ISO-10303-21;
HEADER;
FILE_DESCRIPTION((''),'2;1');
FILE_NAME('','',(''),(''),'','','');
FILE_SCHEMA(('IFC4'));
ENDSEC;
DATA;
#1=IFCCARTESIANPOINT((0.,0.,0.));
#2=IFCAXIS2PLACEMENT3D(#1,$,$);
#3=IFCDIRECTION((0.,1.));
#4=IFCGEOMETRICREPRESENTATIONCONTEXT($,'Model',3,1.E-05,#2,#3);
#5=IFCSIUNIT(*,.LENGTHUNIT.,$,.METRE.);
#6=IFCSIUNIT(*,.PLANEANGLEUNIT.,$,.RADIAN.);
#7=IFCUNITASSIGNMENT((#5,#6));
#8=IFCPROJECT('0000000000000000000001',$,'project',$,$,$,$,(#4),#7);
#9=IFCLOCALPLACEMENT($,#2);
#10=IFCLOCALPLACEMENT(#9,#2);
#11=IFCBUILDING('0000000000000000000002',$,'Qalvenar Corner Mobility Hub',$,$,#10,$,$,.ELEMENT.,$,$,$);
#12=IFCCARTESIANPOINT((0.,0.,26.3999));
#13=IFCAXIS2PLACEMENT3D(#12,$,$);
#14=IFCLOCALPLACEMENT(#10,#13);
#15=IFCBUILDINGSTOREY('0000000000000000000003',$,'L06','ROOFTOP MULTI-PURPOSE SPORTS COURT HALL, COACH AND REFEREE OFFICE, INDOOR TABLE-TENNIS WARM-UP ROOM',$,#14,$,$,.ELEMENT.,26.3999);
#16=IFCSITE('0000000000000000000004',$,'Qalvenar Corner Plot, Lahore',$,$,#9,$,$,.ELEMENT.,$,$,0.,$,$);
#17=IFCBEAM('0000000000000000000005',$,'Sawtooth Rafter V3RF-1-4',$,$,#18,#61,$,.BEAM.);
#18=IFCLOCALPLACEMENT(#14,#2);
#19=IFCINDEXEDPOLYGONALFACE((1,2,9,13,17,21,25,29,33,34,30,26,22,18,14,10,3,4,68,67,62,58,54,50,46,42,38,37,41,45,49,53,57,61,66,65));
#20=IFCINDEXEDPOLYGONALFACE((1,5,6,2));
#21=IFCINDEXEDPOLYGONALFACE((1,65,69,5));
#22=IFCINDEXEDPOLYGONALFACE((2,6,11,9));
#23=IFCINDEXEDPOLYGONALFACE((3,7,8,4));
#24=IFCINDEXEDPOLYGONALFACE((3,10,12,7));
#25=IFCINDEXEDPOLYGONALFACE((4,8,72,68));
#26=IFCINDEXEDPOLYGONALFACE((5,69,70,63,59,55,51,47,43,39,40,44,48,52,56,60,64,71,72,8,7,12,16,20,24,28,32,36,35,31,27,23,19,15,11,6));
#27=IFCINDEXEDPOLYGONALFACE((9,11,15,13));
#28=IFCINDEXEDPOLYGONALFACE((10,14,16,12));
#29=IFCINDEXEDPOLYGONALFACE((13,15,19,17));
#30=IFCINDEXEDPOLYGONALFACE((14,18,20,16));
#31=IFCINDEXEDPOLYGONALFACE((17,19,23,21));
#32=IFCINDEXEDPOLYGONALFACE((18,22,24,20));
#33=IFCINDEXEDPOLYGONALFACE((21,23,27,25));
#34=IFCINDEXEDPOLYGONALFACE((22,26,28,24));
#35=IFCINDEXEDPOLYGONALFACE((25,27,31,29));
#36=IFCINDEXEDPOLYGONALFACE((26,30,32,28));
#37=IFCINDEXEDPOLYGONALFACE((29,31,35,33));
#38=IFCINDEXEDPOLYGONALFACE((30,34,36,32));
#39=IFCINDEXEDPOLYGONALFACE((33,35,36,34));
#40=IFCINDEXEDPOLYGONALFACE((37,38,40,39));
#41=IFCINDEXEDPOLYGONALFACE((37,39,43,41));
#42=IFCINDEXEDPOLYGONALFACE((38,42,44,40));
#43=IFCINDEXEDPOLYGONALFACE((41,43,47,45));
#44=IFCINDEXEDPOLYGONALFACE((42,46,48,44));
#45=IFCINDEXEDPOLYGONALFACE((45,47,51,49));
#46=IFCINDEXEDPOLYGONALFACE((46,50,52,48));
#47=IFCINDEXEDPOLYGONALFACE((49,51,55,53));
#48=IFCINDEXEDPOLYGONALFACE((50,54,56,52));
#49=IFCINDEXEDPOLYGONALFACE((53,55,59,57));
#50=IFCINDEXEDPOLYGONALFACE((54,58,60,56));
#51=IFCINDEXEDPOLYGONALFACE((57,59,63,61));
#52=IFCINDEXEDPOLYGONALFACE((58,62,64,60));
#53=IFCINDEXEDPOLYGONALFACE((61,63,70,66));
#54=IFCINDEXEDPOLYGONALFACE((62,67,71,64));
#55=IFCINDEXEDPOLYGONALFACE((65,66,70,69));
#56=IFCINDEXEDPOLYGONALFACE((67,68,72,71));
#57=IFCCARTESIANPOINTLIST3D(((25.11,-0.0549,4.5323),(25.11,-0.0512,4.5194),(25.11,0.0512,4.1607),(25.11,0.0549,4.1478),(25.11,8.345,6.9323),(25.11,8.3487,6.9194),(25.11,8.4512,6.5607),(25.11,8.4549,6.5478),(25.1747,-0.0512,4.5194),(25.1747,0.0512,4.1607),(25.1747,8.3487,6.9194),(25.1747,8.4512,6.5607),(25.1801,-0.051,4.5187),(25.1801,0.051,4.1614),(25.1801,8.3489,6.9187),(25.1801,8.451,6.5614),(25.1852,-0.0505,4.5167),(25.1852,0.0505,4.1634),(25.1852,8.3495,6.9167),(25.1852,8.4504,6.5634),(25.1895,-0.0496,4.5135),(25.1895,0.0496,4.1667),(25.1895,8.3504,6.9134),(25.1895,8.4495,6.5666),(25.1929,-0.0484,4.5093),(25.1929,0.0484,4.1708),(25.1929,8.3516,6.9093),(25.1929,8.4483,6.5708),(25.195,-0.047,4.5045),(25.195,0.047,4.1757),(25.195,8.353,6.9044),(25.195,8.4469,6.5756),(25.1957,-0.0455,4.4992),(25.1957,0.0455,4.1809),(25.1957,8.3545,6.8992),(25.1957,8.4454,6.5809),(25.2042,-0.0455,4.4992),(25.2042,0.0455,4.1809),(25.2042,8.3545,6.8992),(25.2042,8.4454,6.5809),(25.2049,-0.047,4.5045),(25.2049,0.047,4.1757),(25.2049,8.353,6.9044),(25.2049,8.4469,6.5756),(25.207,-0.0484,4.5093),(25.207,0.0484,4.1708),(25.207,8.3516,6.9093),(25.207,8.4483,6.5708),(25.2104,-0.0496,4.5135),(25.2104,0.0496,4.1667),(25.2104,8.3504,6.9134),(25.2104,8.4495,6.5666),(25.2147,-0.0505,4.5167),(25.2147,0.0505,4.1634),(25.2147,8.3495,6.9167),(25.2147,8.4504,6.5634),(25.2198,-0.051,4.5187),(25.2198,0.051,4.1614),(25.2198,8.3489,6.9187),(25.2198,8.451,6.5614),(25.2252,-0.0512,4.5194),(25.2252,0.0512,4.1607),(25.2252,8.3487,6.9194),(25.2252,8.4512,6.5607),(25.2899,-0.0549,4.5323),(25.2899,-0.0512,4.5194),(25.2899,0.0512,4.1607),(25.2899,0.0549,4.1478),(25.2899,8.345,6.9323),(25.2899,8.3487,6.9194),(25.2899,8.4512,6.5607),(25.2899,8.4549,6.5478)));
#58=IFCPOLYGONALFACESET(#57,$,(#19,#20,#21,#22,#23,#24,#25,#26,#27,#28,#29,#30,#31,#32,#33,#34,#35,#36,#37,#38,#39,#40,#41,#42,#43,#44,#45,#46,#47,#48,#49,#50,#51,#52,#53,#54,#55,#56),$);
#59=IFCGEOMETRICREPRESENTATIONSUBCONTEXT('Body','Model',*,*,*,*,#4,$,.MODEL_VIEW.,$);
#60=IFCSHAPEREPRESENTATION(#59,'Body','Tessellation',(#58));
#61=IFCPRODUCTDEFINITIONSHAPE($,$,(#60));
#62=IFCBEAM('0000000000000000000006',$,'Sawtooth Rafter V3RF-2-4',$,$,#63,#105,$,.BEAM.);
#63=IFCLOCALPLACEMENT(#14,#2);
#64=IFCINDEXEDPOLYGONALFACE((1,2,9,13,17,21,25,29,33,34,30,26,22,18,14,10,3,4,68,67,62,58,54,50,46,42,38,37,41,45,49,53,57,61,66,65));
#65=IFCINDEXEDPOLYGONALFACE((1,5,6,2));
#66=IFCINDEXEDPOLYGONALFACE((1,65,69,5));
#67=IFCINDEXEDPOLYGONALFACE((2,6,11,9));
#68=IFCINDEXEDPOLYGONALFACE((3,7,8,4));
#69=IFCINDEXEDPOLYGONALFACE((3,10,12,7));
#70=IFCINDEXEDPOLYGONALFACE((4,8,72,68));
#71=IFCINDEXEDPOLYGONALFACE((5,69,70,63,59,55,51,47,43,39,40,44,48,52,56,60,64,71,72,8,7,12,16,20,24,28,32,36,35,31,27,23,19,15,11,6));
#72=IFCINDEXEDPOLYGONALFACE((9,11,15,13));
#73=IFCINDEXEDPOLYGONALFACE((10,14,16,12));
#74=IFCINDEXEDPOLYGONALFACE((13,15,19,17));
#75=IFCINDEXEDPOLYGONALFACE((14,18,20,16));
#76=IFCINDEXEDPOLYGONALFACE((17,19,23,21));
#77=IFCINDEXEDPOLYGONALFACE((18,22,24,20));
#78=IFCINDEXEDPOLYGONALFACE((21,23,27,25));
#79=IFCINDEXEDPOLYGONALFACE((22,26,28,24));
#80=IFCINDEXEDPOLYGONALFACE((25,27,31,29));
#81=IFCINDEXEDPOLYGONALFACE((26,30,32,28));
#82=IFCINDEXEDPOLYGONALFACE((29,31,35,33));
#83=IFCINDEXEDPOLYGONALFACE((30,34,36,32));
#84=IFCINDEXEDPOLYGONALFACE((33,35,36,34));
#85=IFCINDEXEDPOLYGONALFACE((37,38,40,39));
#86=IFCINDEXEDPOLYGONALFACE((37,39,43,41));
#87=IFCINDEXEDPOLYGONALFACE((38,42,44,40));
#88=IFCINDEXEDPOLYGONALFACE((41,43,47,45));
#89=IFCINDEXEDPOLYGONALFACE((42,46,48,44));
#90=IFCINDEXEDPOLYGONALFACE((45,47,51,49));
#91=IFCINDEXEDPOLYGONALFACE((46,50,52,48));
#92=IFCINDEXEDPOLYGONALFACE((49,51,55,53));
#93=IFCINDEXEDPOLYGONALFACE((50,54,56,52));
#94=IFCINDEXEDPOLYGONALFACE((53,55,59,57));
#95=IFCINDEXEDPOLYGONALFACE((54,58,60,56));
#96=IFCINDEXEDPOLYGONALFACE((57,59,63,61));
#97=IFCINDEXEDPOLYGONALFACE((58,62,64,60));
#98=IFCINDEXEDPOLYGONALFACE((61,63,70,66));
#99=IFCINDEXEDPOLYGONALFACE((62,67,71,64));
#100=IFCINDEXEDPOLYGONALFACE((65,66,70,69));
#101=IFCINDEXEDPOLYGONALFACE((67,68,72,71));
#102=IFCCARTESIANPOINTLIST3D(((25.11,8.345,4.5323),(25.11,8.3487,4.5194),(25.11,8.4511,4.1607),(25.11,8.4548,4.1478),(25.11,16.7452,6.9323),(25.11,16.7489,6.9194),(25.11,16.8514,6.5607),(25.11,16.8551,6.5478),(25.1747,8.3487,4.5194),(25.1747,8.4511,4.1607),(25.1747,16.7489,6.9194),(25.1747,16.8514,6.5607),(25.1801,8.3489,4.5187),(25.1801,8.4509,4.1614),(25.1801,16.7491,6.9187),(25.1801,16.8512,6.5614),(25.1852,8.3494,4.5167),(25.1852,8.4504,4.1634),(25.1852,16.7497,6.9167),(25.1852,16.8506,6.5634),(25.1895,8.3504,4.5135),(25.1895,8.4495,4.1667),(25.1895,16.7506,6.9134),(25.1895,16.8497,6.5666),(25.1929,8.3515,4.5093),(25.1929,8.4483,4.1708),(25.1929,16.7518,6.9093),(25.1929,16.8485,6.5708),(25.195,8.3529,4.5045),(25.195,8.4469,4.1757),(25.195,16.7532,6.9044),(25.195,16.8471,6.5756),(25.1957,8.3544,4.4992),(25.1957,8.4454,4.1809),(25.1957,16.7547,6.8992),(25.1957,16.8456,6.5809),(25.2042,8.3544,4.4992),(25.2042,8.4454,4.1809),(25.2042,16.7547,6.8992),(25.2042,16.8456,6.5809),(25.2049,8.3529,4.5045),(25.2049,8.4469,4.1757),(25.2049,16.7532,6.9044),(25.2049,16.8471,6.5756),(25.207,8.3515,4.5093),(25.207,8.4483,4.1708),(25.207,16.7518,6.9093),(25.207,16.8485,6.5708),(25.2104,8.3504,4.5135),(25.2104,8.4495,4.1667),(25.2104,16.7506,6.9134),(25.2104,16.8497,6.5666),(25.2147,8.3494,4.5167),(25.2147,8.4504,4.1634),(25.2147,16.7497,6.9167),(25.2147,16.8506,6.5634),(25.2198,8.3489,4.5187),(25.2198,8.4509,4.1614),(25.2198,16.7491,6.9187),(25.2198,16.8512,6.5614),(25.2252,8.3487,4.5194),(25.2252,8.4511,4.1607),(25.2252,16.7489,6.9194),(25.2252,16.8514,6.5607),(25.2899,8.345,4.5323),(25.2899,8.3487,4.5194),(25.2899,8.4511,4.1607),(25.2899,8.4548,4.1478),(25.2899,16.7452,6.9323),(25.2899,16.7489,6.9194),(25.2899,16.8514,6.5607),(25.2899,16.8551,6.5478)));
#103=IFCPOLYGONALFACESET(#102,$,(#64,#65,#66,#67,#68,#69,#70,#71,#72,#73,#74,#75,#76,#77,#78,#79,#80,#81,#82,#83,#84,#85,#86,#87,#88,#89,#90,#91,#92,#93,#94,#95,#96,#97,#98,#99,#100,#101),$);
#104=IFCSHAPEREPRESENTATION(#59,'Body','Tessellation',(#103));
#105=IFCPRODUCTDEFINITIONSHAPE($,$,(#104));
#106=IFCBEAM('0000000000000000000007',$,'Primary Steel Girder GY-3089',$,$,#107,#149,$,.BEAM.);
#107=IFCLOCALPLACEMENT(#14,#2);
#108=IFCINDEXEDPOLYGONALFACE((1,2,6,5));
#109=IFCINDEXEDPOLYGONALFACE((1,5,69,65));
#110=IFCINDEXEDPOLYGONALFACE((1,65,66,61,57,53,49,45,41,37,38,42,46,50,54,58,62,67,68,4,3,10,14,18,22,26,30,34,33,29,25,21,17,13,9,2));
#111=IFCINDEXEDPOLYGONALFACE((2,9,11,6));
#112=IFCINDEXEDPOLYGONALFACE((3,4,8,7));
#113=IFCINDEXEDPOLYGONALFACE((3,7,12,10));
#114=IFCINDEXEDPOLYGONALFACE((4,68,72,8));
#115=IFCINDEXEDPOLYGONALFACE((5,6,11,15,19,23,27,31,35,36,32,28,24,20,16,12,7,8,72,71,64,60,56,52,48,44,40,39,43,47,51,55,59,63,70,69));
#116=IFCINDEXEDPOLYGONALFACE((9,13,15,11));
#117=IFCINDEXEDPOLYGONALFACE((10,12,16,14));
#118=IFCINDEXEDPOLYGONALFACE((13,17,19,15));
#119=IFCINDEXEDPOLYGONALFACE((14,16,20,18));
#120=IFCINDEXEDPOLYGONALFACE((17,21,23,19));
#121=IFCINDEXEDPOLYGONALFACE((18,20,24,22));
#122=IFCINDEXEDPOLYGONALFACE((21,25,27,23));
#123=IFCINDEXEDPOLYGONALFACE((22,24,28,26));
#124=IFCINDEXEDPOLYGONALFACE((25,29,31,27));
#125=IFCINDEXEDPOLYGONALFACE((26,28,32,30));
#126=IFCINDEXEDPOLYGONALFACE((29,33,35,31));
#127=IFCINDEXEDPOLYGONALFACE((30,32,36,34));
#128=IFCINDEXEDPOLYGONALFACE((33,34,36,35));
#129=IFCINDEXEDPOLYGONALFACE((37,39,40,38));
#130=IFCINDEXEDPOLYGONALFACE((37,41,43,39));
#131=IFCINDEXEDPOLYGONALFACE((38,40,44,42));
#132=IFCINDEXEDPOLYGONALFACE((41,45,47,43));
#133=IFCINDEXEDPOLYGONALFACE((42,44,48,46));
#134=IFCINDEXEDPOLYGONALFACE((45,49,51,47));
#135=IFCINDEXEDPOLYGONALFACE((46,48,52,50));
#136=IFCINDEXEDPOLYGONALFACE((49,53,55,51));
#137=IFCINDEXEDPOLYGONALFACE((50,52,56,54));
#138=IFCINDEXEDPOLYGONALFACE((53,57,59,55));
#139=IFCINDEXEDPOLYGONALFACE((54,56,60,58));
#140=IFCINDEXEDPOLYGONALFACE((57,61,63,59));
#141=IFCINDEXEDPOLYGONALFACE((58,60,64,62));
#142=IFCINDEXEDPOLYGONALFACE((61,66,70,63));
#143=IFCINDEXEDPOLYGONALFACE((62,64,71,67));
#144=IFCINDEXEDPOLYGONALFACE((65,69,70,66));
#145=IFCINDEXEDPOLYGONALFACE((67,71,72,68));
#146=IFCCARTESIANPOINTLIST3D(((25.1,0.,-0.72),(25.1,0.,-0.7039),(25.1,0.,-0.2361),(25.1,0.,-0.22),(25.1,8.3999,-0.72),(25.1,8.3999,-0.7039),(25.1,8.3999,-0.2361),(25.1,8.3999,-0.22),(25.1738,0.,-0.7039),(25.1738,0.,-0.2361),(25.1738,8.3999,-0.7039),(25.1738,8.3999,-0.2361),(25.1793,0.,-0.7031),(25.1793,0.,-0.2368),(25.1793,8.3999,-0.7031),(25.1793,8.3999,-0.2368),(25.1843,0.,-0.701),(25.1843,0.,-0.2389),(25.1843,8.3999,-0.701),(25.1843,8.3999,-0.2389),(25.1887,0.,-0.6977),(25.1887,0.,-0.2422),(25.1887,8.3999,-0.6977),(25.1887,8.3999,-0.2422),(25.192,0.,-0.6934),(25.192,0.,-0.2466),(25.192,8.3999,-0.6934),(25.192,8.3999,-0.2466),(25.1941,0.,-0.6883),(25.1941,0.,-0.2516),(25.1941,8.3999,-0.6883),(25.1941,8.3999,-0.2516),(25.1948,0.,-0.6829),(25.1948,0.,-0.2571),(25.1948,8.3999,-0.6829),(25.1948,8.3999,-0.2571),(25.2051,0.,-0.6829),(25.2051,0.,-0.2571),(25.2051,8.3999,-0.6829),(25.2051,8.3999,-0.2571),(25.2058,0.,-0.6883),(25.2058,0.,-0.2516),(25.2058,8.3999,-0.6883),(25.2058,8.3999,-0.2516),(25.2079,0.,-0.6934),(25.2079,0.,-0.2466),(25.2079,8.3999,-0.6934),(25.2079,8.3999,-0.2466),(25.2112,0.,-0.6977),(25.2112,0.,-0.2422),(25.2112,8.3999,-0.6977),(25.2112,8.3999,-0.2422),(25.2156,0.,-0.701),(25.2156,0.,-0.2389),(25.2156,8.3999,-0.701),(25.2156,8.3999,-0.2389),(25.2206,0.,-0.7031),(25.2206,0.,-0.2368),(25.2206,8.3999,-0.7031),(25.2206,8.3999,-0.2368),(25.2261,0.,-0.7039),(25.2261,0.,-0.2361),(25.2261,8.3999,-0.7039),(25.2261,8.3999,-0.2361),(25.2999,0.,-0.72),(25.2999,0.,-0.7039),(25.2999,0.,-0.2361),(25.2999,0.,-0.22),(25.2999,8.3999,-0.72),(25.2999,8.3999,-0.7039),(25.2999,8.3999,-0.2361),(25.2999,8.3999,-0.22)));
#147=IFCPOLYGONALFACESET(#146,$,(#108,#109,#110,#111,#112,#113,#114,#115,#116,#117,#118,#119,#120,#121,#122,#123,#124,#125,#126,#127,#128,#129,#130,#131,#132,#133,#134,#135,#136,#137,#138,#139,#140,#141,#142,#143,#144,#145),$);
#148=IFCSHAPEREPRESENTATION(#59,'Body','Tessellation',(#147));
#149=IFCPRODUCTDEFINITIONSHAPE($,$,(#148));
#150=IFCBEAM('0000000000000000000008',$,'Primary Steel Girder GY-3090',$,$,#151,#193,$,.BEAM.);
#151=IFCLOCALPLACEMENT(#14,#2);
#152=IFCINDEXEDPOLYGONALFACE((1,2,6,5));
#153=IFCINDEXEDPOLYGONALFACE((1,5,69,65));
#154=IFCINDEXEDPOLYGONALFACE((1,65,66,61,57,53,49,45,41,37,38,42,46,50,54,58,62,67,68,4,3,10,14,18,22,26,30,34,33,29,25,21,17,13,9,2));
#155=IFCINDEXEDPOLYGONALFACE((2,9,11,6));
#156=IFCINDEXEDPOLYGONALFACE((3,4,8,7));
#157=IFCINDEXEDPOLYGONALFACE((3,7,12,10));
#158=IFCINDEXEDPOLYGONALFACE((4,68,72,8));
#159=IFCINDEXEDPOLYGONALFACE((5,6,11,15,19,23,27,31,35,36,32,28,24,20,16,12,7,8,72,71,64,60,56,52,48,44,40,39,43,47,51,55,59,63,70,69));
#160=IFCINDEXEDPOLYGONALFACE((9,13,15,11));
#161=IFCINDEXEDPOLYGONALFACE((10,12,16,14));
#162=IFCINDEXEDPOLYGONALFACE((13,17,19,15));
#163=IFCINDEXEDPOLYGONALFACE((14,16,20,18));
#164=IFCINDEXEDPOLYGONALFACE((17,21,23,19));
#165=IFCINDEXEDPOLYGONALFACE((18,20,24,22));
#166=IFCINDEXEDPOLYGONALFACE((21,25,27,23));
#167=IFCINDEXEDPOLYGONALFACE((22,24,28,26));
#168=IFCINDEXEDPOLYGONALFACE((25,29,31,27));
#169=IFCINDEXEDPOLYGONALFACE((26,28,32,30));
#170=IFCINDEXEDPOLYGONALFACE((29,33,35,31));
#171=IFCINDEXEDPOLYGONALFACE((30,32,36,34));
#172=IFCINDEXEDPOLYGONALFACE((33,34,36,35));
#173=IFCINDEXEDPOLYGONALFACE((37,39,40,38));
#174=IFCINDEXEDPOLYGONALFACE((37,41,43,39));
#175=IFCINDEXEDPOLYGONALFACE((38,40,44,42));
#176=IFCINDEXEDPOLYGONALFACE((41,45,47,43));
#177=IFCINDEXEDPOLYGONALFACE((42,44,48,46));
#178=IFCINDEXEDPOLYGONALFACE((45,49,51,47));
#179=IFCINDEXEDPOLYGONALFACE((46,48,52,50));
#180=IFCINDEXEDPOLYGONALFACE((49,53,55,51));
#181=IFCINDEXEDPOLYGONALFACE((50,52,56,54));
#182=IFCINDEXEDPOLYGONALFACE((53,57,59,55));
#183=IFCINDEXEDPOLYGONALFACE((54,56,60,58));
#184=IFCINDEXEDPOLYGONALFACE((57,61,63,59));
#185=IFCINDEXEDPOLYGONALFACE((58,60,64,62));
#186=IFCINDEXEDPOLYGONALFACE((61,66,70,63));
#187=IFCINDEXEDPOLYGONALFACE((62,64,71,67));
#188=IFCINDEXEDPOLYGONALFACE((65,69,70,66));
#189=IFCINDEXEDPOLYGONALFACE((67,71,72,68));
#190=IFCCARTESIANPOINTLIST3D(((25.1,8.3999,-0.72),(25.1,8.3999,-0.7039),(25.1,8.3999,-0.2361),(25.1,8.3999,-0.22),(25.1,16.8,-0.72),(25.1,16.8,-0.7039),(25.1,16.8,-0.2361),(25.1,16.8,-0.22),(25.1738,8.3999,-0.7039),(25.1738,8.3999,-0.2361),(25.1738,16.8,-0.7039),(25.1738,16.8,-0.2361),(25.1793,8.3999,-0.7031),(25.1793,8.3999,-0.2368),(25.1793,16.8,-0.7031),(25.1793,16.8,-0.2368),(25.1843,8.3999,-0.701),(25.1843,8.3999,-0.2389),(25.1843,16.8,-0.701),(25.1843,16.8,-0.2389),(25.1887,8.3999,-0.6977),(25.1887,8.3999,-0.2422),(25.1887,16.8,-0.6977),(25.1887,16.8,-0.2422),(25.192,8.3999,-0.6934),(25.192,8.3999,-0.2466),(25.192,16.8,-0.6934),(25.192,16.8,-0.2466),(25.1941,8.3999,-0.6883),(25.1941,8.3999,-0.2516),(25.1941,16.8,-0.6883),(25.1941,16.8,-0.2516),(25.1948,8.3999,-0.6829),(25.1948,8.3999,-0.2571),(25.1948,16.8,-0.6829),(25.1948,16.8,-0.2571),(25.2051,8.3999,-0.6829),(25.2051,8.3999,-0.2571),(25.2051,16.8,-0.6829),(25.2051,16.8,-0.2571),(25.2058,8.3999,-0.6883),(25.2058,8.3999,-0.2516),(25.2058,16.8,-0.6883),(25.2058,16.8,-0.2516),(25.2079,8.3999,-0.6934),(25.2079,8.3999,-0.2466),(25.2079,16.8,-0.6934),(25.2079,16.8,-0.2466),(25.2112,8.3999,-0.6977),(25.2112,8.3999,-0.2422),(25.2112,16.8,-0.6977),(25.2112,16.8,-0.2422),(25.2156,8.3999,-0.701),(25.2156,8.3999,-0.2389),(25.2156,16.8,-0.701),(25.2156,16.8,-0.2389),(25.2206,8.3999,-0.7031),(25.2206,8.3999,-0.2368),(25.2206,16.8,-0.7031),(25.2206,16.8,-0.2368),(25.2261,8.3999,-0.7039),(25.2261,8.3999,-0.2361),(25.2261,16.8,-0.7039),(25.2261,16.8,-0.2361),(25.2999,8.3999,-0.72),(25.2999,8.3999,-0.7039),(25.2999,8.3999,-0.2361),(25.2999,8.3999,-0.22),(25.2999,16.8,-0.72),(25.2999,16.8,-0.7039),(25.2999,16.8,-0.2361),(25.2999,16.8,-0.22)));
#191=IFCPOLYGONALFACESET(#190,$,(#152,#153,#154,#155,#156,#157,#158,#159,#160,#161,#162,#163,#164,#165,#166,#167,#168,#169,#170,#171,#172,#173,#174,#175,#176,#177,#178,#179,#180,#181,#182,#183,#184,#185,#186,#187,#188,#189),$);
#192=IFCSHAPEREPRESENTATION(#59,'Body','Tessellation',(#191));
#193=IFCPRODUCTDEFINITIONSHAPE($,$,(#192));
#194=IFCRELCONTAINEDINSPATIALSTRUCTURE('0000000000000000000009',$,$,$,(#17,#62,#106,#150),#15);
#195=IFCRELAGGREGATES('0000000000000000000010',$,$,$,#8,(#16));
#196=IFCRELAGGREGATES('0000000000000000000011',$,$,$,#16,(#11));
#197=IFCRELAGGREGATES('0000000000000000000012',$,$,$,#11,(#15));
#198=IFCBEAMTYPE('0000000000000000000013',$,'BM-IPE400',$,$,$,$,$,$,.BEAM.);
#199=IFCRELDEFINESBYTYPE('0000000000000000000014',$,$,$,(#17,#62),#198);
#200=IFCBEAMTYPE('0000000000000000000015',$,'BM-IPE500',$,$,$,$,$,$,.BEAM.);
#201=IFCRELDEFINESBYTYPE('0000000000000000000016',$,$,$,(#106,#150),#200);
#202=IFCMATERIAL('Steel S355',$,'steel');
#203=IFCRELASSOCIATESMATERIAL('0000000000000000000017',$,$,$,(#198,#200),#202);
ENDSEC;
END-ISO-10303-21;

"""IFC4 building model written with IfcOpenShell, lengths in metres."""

from ifc_helpers import new_model, si_unit, direction, frame, origin, origin_2d, place, context, subcontext, project, spatial, i_section, extrude, material, material_profile, profile_set, type_object, element, save


model = new_model("IFC4")

# Units and contexts
model_context = context("Model", 3, precision=1e-05, world=origin(), true_north=direction((0.0, 1.0)))
body_context = subcontext(model_context, "Body", "Model", "MODEL_VIEW")
ifc_project = project(units=[si_unit("LENGTHUNIT", "METRE"), si_unit("PLANEANGLEUNIT", "RADIAN")], contexts=[model_context])

# Site, building, storey
site_placement = place(None, origin())
site = spatial("IfcSite", under=ifc_project, at=site_placement, Name="Qalvenar Corner Plot, Lahore", CompositionType="ELEMENT", RefElevation=0.0)
building_placement = place(site_placement, origin())
building = spatial("IfcBuilding", under=site, at=building_placement, Name="Qalvenar Corner Mobility Hub", CompositionType="ELEMENT")
storey_placement = place(building_placement, frame((0.0, 0.0, 26.3999)))
storey = spatial("IfcBuildingStorey", under=building, at=storey_placement, Name="L06", Description="ROOFTOP MULTI-PURPOSE SPORTS COURT HALL, COACH AND REFEREE OFFICE, INDOOR TABLE-TENNIS WARM-UP ROOM", CompositionType="ELEMENT", Elevation=26.3999)

# Shared definitions
ifc_material_1 = material(Name="Steel S355", Category="steel")

# Beams
ifc_material_profile_1 = material_profile(ifc_material_1, i_section(OverallWidth=0.1799, OverallDepth=0.3999, WebThickness=0.0085, FlangeThickness=0.0134, FilletRadius=0.021, at=origin_2d()), Name="IPE400")
ifc_profile_set_1 = profile_set([ifc_material_profile_1], Name="Steel S355")
beam_type_1 = type_object("IfcBeamType", Name="BM-IPE400", PredefinedType="BEAM", material=ifc_profile_set_1)
beam_1_placement = place(storey_placement, frame((25.2, 0.0, 4.3401), z_axis=(0.0, 0.961526, 0.274714), x_axis=(-1.0, 0.0, 0.0)))
element("IfcBeam", 1, at=beam_1_placement, inside=storey, type_object=beam_type_1, Name="Sawtooth Rafter V3RF-1-4", PredefinedType="BEAM", context=body_context, shape_type="SweptSolid", body=[
    extrude(i_section(OverallWidth=0.1799, OverallDepth=0.3999, WebThickness=0.0085, FlangeThickness=0.0134, FilletRadius=0.021, at=origin_2d()), origin(), (0.0, 0.0, 1.0), 8.7361),
])
beam_2_placement = place(storey_placement, frame((25.2, 8.3999, 4.3401), z_axis=(0.0, 0.961528, 0.274706), x_axis=(-1.0, 0.0, 0.0)))
element("IfcBeam", 2, at=beam_2_placement, inside=storey, type_object=beam_type_1, Name="Sawtooth Rafter V3RF-2-4", PredefinedType="BEAM", context=body_context, shape_type="SweptSolid", body=[
    extrude(i_section(OverallWidth=0.1799, OverallDepth=0.3999, WebThickness=0.0085, FlangeThickness=0.0134, FilletRadius=0.021, at=origin_2d()), origin(), (0.0, 0.0, 1.0), 8.7363),
])
ifc_material_profile_2 = material_profile(ifc_material_1, i_section(OverallWidth=0.2, OverallDepth=0.5, WebThickness=0.0103, FlangeThickness=0.0161, FilletRadius=0.021, at=origin_2d()), Name="IPE500")
ifc_profile_set_2 = profile_set([ifc_material_profile_2], Name="Steel S355")
beam_type_2 = type_object("IfcBeamType", Name="BM-IPE500", PredefinedType="BEAM", material=ifc_profile_set_2)
beam_3_placement = place(storey_placement, frame((25.2, 0.0, -0.47), z_axis=(0.0, 1.0, 0.0), x_axis=(-1.0, 0.0, 0.0)))
element("IfcBeam", 3, at=beam_3_placement, inside=storey, type_object=beam_type_2, Name="Primary Steel Girder GY-3089", PredefinedType="BEAM", context=body_context, shape_type="SweptSolid", body=[
    extrude(i_section(OverallWidth=0.2, OverallDepth=0.5, WebThickness=0.0103, FlangeThickness=0.0161, FilletRadius=0.021, at=origin_2d()), origin(), (0.0, 0.0, 1.0), 8.3999),
])
beam_4_placement = place(storey_placement, frame((25.2, 8.3999, -0.47), z_axis=(0.0, 1.0, 0.0), x_axis=(-1.0, 0.0, 0.0)))
element("IfcBeam", 4, at=beam_4_placement, inside=storey, type_object=beam_type_2, Name="Primary Steel Girder GY-3090", PredefinedType="BEAM", context=body_context, shape_type="SweptSolid", body=[
    extrude(i_section(OverallWidth=0.2, OverallDepth=0.5, WebThickness=0.0103, FlangeThickness=0.0161, FilletRadius=0.021, at=origin_2d()), origin(), (0.0, 0.0, 1.0), 8.4001),
])

save(model, "model.ifc")
